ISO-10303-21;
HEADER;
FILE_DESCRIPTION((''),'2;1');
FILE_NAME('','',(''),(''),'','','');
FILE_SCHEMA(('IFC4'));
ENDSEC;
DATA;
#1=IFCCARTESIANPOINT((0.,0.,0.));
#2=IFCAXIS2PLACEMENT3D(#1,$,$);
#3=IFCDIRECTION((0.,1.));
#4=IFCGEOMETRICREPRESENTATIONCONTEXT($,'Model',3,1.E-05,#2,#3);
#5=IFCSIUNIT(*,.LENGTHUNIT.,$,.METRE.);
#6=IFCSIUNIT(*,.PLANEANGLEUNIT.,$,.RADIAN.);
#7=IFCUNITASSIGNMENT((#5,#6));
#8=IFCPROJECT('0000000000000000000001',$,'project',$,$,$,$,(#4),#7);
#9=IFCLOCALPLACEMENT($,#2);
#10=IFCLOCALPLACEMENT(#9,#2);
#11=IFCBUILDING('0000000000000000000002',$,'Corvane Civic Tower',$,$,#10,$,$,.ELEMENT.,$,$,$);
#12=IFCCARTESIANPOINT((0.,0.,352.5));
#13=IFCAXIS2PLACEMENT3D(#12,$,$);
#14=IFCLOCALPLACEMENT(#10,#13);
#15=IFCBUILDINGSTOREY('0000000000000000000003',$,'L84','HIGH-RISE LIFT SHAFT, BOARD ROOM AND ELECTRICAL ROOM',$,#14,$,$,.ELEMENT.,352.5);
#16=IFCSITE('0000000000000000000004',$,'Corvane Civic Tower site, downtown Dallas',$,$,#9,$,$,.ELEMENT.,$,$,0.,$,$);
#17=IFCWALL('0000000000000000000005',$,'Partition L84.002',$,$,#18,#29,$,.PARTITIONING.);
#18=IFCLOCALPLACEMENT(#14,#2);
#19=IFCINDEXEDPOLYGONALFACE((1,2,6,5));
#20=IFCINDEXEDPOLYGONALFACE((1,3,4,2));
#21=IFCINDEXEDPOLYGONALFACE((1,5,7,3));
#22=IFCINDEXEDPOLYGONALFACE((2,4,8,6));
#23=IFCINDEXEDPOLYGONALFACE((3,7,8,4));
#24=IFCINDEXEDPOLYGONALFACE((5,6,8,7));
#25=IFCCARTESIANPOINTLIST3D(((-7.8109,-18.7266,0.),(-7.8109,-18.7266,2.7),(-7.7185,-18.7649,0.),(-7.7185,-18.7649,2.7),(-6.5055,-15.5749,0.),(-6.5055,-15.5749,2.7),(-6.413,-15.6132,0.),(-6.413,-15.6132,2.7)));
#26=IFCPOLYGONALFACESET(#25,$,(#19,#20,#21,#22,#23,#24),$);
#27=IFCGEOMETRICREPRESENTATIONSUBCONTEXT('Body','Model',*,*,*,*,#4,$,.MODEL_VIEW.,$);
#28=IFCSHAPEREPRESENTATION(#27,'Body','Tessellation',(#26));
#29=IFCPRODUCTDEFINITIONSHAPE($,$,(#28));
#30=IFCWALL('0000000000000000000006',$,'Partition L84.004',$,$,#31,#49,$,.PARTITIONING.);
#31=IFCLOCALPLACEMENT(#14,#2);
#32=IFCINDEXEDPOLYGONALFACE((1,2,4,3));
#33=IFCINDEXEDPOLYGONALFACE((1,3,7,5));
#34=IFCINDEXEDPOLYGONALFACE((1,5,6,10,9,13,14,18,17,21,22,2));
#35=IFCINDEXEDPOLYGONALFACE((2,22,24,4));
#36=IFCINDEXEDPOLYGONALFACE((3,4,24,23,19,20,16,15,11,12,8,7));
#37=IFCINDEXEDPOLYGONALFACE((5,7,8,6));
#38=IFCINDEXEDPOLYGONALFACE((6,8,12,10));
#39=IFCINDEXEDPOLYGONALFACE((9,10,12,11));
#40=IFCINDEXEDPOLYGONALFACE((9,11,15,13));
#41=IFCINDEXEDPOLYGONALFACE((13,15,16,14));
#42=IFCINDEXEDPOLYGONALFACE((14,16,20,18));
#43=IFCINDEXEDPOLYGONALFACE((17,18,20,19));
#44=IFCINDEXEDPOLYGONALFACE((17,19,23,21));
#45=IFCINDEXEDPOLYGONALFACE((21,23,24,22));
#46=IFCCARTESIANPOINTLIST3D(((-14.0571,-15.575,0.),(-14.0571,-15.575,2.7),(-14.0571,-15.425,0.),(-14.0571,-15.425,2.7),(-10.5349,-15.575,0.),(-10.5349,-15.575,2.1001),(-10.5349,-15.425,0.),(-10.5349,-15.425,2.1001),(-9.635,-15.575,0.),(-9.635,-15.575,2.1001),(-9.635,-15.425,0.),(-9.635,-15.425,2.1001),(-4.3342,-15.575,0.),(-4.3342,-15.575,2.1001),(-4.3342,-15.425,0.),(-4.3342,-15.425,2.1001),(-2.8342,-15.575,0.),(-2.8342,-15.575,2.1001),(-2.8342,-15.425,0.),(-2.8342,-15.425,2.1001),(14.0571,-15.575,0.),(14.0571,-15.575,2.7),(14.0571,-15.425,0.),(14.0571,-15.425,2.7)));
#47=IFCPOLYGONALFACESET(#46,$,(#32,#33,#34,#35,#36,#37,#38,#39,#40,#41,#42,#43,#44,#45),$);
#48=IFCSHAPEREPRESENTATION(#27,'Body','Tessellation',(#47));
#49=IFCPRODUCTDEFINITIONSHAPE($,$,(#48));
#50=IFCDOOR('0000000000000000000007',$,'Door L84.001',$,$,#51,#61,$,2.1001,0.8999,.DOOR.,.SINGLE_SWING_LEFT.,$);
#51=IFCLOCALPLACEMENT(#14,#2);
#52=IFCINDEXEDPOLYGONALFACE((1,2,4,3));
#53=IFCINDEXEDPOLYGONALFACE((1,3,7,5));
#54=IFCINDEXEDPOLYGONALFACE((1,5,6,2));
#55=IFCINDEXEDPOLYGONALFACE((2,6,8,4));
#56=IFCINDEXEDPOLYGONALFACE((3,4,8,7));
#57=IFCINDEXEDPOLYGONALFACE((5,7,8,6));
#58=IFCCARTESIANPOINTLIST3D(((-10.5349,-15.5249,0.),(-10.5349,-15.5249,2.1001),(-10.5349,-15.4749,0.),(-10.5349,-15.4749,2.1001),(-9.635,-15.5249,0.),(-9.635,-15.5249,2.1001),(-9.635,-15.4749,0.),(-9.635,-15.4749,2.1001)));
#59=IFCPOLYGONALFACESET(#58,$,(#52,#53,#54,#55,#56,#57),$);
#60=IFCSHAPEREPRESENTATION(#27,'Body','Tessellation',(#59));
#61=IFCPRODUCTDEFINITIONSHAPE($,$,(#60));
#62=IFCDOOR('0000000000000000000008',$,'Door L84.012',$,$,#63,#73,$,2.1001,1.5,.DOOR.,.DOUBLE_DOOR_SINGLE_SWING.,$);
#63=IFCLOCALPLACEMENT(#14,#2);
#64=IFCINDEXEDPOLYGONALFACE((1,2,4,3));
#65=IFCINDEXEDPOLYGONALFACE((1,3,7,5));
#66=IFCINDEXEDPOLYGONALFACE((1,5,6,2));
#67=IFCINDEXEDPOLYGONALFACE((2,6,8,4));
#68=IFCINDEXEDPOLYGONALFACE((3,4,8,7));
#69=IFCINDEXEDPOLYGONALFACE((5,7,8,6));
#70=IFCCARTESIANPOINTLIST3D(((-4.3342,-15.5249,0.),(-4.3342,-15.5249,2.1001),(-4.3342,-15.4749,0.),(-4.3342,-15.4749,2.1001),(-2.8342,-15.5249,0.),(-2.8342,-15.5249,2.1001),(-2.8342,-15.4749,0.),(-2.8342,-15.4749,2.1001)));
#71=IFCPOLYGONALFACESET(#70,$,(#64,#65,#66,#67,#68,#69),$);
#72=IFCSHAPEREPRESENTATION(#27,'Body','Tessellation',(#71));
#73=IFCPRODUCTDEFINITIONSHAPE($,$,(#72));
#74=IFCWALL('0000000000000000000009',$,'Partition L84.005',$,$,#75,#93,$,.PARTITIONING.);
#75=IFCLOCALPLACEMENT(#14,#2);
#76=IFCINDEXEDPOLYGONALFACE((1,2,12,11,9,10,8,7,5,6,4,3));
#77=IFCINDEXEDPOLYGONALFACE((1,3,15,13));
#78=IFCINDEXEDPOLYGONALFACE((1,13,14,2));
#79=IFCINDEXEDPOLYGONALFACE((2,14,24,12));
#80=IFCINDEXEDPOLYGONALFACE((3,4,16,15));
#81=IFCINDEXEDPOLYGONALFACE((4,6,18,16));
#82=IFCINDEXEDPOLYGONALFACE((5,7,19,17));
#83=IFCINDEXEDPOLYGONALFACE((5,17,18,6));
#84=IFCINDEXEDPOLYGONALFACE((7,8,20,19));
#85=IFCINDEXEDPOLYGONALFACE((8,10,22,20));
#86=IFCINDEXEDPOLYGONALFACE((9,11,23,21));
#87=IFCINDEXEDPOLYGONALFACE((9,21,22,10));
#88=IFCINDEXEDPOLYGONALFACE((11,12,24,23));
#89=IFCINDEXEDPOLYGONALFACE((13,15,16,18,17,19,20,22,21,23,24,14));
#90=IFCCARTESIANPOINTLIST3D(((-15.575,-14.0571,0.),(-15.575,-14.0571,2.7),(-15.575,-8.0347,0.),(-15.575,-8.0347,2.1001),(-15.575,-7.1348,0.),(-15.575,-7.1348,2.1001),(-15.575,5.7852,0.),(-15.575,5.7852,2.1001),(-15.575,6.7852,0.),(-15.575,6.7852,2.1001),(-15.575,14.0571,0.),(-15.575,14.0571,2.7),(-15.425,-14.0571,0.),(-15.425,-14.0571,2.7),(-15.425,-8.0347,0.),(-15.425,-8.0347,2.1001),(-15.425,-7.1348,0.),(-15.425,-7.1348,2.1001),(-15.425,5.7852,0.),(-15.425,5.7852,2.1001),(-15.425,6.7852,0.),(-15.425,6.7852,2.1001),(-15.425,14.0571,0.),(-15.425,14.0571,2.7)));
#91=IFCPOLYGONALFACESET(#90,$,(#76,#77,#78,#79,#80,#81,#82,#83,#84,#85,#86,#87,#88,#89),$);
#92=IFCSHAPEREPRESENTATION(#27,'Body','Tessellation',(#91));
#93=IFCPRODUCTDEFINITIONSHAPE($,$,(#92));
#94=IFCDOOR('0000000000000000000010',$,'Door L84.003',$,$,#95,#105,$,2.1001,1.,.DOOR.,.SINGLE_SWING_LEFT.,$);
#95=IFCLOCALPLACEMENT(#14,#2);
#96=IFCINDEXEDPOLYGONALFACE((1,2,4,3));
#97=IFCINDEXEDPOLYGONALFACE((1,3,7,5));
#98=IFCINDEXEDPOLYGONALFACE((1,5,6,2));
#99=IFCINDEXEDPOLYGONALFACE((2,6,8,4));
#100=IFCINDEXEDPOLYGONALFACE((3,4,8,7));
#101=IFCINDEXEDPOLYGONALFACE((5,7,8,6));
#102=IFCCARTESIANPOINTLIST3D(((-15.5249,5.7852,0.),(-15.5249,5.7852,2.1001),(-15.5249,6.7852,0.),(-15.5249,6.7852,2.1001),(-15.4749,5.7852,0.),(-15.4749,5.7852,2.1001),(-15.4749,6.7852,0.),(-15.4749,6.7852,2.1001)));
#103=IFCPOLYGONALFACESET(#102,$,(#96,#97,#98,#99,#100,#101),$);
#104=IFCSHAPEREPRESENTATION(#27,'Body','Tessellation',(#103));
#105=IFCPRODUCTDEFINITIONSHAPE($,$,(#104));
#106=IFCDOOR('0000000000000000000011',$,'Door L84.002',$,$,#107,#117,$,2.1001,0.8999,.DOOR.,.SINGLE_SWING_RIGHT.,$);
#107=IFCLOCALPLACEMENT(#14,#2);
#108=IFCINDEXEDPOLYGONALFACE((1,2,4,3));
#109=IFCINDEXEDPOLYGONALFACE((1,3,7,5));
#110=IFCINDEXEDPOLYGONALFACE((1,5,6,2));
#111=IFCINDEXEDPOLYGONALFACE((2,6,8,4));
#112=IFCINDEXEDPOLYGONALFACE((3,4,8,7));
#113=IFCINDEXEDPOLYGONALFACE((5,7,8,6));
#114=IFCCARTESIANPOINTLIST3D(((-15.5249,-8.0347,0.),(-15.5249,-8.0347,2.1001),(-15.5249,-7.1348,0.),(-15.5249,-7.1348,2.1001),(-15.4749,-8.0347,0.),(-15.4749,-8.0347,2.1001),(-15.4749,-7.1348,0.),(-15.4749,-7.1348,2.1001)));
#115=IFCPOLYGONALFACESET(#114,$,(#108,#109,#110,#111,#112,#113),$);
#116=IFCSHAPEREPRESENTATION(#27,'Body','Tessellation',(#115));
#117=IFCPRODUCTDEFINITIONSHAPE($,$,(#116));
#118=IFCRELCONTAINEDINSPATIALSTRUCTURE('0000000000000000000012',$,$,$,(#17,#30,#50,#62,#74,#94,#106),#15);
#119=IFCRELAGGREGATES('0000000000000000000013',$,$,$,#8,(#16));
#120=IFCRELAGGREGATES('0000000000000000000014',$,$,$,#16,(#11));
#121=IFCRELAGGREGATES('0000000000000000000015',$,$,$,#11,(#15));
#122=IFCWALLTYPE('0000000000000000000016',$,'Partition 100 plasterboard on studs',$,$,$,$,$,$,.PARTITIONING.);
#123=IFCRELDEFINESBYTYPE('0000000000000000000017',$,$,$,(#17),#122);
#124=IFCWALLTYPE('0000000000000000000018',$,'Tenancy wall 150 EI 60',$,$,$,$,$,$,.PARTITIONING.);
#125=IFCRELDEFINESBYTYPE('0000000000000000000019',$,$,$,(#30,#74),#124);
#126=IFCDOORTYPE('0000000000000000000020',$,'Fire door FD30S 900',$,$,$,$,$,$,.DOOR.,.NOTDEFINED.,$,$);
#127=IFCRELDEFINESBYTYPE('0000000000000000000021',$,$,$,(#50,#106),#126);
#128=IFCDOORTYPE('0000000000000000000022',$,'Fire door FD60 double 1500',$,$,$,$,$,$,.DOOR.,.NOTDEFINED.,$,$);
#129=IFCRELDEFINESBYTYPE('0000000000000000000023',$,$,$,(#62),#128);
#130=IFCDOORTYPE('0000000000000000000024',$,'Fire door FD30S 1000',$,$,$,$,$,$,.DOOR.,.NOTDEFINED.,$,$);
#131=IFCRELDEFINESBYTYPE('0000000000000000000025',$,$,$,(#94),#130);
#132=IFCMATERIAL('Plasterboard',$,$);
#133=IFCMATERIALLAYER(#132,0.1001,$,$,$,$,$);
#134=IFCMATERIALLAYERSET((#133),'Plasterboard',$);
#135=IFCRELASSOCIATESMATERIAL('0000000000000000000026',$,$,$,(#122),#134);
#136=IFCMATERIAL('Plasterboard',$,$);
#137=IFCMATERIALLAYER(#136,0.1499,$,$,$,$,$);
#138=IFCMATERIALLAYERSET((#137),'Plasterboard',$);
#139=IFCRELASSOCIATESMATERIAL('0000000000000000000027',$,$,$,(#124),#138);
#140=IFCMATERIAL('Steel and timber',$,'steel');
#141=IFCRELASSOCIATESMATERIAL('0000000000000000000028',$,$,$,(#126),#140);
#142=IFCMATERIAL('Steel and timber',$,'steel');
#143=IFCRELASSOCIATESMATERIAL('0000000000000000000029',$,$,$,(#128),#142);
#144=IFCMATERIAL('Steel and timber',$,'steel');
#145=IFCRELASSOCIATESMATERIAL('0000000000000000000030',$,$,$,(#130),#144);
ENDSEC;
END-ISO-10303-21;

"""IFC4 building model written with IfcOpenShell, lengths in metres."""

from ifc_helpers import new_model, si_unit, direction, frame, frame_2d, origin, place, context, subcontext, project, spatial, rectangle, extrude, material, layer, layer_set, type_object, element, fill, save


model = new_model("IFC4")

# Units and contexts
model_context = context("Model", 3, precision=1e-05, world=origin(), true_north=direction((0.0, 1.0)))
body_context = subcontext(model_context, "Body", "Model", "MODEL_VIEW")
ifc_project = project(units=[si_unit("LENGTHUNIT", "METRE"), si_unit("PLANEANGLEUNIT", "RADIAN")], contexts=[model_context])

# Site, building, storey
site_placement = place(None, origin())
site = spatial("IfcSite", under=ifc_project, at=site_placement, Name="Corvane Civic Tower site, downtown Dallas", CompositionType="ELEMENT", RefElevation=0.0)
building_placement = place(site_placement, origin())
building = spatial("IfcBuilding", under=site, at=building_placement, Name="Corvane Civic Tower", CompositionType="ELEMENT")
storey_placement = place(building_placement, frame((0.0, 0.0, 352.5)))
storey = spatial("IfcBuildingStorey", under=building, at=storey_placement, Name="L84", Description="HIGH-RISE LIFT SHAFT, BOARD ROOM AND ELECTRICAL ROOM", CompositionType="ELEMENT", Elevation=352.5)

# Wall
ifc_material_1 = material(Name="Plasterboard")
ifc_layer_1 = layer(ifc_material_1, 0.1001)
ifc_layer_set_1 = layer_set([ifc_layer_1], Name="Plasterboard")
wall_type_1 = type_object("IfcWallType", Name="Partition 100 plasterboard on studs", PredefinedType="PARTITIONING", material=ifc_layer_set_1)
wall_1_placement = place(storey_placement, frame((-7.7646, -18.7456, 0.0), z_axis=(0.0, 0.0, 1.0), x_axis=(0.382678, 0.923882, 0.0)))
element("IfcWall", 1, at=wall_1_placement, inside=storey, type_object=wall_type_1, Name="Partition L84.002", PredefinedType="PARTITIONING", context=body_context, shape_type="SweptSolid", body=[
    extrude(rectangle(XDim=3.4114, YDim=0.1001, at=frame_2d((1.7056, 0.0))), origin(), (0.0, 0.0, 1.0), 2.7),
])

# Walls, openings, doors
ifc_material_2 = material(Name="Plasterboard")
ifc_layer_2 = layer(ifc_material_2, 0.1499)
ifc_layer_set_2 = layer_set([ifc_layer_2], Name="Plasterboard")
wall_type_2 = type_object("IfcWallType", Name="Tenancy wall 150 EI 60", PredefinedType="PARTITIONING", material=ifc_layer_set_2)
wall_2_placement = place(storey_placement, frame((-14.0571, -15.5, 0.0), z_axis=(0.0, 0.0, 1.0), x_axis=(1.0, 0.0, 0.0)))
wall_2 = element("IfcWall", 2, at=wall_2_placement, inside=storey, type_object=wall_type_2, Name="Partition L84.004", PredefinedType="PARTITIONING", context=body_context, shape_type="SweptSolid", body=[
    extrude(rectangle(XDim=28.1143, YDim=0.1499, at=frame_2d((14.0571, 0.0))), origin(), (0.0, 0.0, 1.0), 2.7),
])
opening_1_placement = place(wall_2_placement, frame((3.5222, 0.0, 0.0)))
opening_1 = element("IfcOpeningElement", 3, at=opening_1_placement, cuts=wall_2, PredefinedType="OPENING", context=body_context, shape_type="SweptSolid", body=[
    extrude(rectangle(XDim=0.8999, YDim=2.1001, at=frame_2d((0.45, 1.05))), frame((0.0, 0.085, 0.0), z_axis=(0.0, -1.0, 0.0), x_axis=(1.0, 0.0, 0.0)), (0.0, 0.0, 1.0), 0.1699),
])
opening_2_placement = place(wall_2_placement, frame((9.7229, 0.0, 0.0)))
opening_2 = element("IfcOpeningElement", 4, at=opening_2_placement, cuts=wall_2, PredefinedType="OPENING", context=body_context, shape_type="SweptSolid", body=[
    extrude(rectangle(XDim=1.5, YDim=2.1001, at=frame_2d((0.75, 1.05))), frame((0.0, 0.085, 0.0), z_axis=(0.0, -1.0, 0.0), x_axis=(1.0, 0.0, 0.0)), (0.0, 0.0, 1.0), 0.1699),
])
ifc_material_3 = material(Name="Steel and timber", Category="steel")
door_type_1 = type_object("IfcDoorType", Name="Fire door FD30S 900", OperationType="NOTDEFINED", PredefinedType="DOOR", material=ifc_material_3)
door_1_placement = place(opening_1_placement, frame((0.8999, 0.0, 0.0), z_axis=(0.0, 0.0, 1.0), x_axis=(-1.0, 0.0, 0.0)))
door_1 = element("IfcDoor", 5, at=door_1_placement, inside=storey, type_object=door_type_1, Name="Door L84.001", OperationType="SINGLE_SWING_LEFT", OverallHeight=2.1001, OverallWidth=0.8999, PredefinedType="DOOR", context=body_context, shape_type="SweptSolid", body=[
    extrude(rectangle(XDim=0.8999, YDim=2.1001, at=frame_2d((0.45, 1.05))), frame((0.0, 0.0249, 0.0), z_axis=(0.0, -1.0, 0.0), x_axis=(1.0, 0.0, 0.0)), (0.0, 0.0, 1.0), 0.05),
])
fill(opening_1, door_1)
ifc_material_4 = material(Name="Steel and timber", Category="steel")
door_type_2 = type_object("IfcDoorType", Name="Fire door FD60 double 1500", OperationType="NOTDEFINED", PredefinedType="DOOR", material=ifc_material_4)
door_2_placement = place(opening_2_placement, frame((1.5, 0.0, 0.0), z_axis=(0.0, 0.0, 1.0), x_axis=(-1.0, 0.0, 0.0)))
door_2 = element("IfcDoor", 6, at=door_2_placement, inside=storey, type_object=door_type_2, Name="Door L84.012", OperationType="DOUBLE_DOOR_SINGLE_SWING", OverallHeight=2.1001, OverallWidth=1.5, PredefinedType="DOOR", context=body_context, shape_type="SweptSolid", body=[
    extrude(rectangle(XDim=1.5, YDim=2.1001, at=frame_2d((0.75, 1.05))), frame((0.0, 0.0249, 0.0), z_axis=(0.0, -1.0, 0.0), x_axis=(1.0, 0.0, 0.0)), (0.0, 0.0, 1.0), 0.05),
])
fill(opening_2, door_2)
wall_3_placement = place(storey_placement, frame((-15.5, -14.0571, 0.0), z_axis=(0.0, 0.0, 1.0), x_axis=(0.0, 1.0, 0.0)))
wall_3 = element("IfcWall", 7, at=wall_3_placement, inside=storey, type_object=wall_type_2, Name="Partition L84.005", PredefinedType="PARTITIONING", context=body_context, shape_type="SweptSolid", body=[
    extrude(rectangle(XDim=28.1143, YDim=0.1499, at=frame_2d((14.0571, 0.0))), origin(), (0.0, 0.0, 1.0), 2.7),
])
opening_3_placement = place(wall_3_placement, frame((6.0225, 0.0, 0.0)))
opening_3 = element("IfcOpeningElement", 8, at=opening_3_placement, cuts=wall_3, PredefinedType="OPENING", context=body_context, shape_type="SweptSolid", body=[
    extrude(rectangle(XDim=0.8999, YDim=2.1001, at=frame_2d((0.45, 1.05))), frame((0.0, 0.085, 0.0), z_axis=(0.0, -1.0, 0.0), x_axis=(1.0, 0.0, 0.0)), (0.0, 0.0, 1.0), 0.1699),
])
opening_4_placement = place(wall_3_placement, frame((19.8423, 0.0, 0.0)))
opening_4 = element("IfcOpeningElement", 9, at=opening_4_placement, cuts=wall_3, PredefinedType="OPENING", context=body_context, shape_type="SweptSolid", body=[
    extrude(rectangle(XDim=1.0, YDim=2.1001, at=frame_2d((0.5, 1.05))), frame((0.0, 0.085, 0.0), z_axis=(0.0, -1.0, 0.0), x_axis=(1.0, 0.0, 0.0)), (0.0, 0.0, 1.0), 0.1699),
])
ifc_material_5 = material(Name="Steel and timber", Category="steel")
door_type_3 = type_object("IfcDoorType", Name="Fire door FD30S 1000", OperationType="NOTDEFINED", PredefinedType="DOOR", material=ifc_material_5)
door_3_placement = place(opening_4_placement, origin())
door_3 = element("IfcDoor", 10, at=door_3_placement, inside=storey, type_object=door_type_3, Name="Door L84.003", OperationType="SINGLE_SWING_LEFT", OverallHeight=2.1001, OverallWidth=1.0, PredefinedType="DOOR", context=body_context, shape_type="SweptSolid", body=[
    extrude(rectangle(XDim=1.0, YDim=2.1001, at=frame_2d((0.5, 1.05))), frame((0.0, 0.0249, 0.0), z_axis=(0.0, -1.0, 0.0), x_axis=(1.0, 0.0, 0.0)), (0.0, 0.0, 1.0), 0.05),
])
fill(opening_4, door_3)
door_4_placement = place(opening_3_placement, origin())
door_4 = element("IfcDoor", 11, at=door_4_placement, inside=storey, type_object=door_type_1, Name="Door L84.002", OperationType="SINGLE_SWING_RIGHT", OverallHeight=2.1001, OverallWidth=0.8999, PredefinedType="DOOR", context=body_context, shape_type="SweptSolid", body=[
    extrude(rectangle(XDim=0.8999, YDim=2.1001, at=frame_2d((0.45, 1.05))), frame((0.0, 0.0249, 0.0), z_axis=(0.0, -1.0, 0.0), x_axis=(1.0, 0.0, 0.0)), (0.0, 0.0, 1.0), 0.05),
])
fill(opening_3, door_4)

save(model, "model.ifc")
